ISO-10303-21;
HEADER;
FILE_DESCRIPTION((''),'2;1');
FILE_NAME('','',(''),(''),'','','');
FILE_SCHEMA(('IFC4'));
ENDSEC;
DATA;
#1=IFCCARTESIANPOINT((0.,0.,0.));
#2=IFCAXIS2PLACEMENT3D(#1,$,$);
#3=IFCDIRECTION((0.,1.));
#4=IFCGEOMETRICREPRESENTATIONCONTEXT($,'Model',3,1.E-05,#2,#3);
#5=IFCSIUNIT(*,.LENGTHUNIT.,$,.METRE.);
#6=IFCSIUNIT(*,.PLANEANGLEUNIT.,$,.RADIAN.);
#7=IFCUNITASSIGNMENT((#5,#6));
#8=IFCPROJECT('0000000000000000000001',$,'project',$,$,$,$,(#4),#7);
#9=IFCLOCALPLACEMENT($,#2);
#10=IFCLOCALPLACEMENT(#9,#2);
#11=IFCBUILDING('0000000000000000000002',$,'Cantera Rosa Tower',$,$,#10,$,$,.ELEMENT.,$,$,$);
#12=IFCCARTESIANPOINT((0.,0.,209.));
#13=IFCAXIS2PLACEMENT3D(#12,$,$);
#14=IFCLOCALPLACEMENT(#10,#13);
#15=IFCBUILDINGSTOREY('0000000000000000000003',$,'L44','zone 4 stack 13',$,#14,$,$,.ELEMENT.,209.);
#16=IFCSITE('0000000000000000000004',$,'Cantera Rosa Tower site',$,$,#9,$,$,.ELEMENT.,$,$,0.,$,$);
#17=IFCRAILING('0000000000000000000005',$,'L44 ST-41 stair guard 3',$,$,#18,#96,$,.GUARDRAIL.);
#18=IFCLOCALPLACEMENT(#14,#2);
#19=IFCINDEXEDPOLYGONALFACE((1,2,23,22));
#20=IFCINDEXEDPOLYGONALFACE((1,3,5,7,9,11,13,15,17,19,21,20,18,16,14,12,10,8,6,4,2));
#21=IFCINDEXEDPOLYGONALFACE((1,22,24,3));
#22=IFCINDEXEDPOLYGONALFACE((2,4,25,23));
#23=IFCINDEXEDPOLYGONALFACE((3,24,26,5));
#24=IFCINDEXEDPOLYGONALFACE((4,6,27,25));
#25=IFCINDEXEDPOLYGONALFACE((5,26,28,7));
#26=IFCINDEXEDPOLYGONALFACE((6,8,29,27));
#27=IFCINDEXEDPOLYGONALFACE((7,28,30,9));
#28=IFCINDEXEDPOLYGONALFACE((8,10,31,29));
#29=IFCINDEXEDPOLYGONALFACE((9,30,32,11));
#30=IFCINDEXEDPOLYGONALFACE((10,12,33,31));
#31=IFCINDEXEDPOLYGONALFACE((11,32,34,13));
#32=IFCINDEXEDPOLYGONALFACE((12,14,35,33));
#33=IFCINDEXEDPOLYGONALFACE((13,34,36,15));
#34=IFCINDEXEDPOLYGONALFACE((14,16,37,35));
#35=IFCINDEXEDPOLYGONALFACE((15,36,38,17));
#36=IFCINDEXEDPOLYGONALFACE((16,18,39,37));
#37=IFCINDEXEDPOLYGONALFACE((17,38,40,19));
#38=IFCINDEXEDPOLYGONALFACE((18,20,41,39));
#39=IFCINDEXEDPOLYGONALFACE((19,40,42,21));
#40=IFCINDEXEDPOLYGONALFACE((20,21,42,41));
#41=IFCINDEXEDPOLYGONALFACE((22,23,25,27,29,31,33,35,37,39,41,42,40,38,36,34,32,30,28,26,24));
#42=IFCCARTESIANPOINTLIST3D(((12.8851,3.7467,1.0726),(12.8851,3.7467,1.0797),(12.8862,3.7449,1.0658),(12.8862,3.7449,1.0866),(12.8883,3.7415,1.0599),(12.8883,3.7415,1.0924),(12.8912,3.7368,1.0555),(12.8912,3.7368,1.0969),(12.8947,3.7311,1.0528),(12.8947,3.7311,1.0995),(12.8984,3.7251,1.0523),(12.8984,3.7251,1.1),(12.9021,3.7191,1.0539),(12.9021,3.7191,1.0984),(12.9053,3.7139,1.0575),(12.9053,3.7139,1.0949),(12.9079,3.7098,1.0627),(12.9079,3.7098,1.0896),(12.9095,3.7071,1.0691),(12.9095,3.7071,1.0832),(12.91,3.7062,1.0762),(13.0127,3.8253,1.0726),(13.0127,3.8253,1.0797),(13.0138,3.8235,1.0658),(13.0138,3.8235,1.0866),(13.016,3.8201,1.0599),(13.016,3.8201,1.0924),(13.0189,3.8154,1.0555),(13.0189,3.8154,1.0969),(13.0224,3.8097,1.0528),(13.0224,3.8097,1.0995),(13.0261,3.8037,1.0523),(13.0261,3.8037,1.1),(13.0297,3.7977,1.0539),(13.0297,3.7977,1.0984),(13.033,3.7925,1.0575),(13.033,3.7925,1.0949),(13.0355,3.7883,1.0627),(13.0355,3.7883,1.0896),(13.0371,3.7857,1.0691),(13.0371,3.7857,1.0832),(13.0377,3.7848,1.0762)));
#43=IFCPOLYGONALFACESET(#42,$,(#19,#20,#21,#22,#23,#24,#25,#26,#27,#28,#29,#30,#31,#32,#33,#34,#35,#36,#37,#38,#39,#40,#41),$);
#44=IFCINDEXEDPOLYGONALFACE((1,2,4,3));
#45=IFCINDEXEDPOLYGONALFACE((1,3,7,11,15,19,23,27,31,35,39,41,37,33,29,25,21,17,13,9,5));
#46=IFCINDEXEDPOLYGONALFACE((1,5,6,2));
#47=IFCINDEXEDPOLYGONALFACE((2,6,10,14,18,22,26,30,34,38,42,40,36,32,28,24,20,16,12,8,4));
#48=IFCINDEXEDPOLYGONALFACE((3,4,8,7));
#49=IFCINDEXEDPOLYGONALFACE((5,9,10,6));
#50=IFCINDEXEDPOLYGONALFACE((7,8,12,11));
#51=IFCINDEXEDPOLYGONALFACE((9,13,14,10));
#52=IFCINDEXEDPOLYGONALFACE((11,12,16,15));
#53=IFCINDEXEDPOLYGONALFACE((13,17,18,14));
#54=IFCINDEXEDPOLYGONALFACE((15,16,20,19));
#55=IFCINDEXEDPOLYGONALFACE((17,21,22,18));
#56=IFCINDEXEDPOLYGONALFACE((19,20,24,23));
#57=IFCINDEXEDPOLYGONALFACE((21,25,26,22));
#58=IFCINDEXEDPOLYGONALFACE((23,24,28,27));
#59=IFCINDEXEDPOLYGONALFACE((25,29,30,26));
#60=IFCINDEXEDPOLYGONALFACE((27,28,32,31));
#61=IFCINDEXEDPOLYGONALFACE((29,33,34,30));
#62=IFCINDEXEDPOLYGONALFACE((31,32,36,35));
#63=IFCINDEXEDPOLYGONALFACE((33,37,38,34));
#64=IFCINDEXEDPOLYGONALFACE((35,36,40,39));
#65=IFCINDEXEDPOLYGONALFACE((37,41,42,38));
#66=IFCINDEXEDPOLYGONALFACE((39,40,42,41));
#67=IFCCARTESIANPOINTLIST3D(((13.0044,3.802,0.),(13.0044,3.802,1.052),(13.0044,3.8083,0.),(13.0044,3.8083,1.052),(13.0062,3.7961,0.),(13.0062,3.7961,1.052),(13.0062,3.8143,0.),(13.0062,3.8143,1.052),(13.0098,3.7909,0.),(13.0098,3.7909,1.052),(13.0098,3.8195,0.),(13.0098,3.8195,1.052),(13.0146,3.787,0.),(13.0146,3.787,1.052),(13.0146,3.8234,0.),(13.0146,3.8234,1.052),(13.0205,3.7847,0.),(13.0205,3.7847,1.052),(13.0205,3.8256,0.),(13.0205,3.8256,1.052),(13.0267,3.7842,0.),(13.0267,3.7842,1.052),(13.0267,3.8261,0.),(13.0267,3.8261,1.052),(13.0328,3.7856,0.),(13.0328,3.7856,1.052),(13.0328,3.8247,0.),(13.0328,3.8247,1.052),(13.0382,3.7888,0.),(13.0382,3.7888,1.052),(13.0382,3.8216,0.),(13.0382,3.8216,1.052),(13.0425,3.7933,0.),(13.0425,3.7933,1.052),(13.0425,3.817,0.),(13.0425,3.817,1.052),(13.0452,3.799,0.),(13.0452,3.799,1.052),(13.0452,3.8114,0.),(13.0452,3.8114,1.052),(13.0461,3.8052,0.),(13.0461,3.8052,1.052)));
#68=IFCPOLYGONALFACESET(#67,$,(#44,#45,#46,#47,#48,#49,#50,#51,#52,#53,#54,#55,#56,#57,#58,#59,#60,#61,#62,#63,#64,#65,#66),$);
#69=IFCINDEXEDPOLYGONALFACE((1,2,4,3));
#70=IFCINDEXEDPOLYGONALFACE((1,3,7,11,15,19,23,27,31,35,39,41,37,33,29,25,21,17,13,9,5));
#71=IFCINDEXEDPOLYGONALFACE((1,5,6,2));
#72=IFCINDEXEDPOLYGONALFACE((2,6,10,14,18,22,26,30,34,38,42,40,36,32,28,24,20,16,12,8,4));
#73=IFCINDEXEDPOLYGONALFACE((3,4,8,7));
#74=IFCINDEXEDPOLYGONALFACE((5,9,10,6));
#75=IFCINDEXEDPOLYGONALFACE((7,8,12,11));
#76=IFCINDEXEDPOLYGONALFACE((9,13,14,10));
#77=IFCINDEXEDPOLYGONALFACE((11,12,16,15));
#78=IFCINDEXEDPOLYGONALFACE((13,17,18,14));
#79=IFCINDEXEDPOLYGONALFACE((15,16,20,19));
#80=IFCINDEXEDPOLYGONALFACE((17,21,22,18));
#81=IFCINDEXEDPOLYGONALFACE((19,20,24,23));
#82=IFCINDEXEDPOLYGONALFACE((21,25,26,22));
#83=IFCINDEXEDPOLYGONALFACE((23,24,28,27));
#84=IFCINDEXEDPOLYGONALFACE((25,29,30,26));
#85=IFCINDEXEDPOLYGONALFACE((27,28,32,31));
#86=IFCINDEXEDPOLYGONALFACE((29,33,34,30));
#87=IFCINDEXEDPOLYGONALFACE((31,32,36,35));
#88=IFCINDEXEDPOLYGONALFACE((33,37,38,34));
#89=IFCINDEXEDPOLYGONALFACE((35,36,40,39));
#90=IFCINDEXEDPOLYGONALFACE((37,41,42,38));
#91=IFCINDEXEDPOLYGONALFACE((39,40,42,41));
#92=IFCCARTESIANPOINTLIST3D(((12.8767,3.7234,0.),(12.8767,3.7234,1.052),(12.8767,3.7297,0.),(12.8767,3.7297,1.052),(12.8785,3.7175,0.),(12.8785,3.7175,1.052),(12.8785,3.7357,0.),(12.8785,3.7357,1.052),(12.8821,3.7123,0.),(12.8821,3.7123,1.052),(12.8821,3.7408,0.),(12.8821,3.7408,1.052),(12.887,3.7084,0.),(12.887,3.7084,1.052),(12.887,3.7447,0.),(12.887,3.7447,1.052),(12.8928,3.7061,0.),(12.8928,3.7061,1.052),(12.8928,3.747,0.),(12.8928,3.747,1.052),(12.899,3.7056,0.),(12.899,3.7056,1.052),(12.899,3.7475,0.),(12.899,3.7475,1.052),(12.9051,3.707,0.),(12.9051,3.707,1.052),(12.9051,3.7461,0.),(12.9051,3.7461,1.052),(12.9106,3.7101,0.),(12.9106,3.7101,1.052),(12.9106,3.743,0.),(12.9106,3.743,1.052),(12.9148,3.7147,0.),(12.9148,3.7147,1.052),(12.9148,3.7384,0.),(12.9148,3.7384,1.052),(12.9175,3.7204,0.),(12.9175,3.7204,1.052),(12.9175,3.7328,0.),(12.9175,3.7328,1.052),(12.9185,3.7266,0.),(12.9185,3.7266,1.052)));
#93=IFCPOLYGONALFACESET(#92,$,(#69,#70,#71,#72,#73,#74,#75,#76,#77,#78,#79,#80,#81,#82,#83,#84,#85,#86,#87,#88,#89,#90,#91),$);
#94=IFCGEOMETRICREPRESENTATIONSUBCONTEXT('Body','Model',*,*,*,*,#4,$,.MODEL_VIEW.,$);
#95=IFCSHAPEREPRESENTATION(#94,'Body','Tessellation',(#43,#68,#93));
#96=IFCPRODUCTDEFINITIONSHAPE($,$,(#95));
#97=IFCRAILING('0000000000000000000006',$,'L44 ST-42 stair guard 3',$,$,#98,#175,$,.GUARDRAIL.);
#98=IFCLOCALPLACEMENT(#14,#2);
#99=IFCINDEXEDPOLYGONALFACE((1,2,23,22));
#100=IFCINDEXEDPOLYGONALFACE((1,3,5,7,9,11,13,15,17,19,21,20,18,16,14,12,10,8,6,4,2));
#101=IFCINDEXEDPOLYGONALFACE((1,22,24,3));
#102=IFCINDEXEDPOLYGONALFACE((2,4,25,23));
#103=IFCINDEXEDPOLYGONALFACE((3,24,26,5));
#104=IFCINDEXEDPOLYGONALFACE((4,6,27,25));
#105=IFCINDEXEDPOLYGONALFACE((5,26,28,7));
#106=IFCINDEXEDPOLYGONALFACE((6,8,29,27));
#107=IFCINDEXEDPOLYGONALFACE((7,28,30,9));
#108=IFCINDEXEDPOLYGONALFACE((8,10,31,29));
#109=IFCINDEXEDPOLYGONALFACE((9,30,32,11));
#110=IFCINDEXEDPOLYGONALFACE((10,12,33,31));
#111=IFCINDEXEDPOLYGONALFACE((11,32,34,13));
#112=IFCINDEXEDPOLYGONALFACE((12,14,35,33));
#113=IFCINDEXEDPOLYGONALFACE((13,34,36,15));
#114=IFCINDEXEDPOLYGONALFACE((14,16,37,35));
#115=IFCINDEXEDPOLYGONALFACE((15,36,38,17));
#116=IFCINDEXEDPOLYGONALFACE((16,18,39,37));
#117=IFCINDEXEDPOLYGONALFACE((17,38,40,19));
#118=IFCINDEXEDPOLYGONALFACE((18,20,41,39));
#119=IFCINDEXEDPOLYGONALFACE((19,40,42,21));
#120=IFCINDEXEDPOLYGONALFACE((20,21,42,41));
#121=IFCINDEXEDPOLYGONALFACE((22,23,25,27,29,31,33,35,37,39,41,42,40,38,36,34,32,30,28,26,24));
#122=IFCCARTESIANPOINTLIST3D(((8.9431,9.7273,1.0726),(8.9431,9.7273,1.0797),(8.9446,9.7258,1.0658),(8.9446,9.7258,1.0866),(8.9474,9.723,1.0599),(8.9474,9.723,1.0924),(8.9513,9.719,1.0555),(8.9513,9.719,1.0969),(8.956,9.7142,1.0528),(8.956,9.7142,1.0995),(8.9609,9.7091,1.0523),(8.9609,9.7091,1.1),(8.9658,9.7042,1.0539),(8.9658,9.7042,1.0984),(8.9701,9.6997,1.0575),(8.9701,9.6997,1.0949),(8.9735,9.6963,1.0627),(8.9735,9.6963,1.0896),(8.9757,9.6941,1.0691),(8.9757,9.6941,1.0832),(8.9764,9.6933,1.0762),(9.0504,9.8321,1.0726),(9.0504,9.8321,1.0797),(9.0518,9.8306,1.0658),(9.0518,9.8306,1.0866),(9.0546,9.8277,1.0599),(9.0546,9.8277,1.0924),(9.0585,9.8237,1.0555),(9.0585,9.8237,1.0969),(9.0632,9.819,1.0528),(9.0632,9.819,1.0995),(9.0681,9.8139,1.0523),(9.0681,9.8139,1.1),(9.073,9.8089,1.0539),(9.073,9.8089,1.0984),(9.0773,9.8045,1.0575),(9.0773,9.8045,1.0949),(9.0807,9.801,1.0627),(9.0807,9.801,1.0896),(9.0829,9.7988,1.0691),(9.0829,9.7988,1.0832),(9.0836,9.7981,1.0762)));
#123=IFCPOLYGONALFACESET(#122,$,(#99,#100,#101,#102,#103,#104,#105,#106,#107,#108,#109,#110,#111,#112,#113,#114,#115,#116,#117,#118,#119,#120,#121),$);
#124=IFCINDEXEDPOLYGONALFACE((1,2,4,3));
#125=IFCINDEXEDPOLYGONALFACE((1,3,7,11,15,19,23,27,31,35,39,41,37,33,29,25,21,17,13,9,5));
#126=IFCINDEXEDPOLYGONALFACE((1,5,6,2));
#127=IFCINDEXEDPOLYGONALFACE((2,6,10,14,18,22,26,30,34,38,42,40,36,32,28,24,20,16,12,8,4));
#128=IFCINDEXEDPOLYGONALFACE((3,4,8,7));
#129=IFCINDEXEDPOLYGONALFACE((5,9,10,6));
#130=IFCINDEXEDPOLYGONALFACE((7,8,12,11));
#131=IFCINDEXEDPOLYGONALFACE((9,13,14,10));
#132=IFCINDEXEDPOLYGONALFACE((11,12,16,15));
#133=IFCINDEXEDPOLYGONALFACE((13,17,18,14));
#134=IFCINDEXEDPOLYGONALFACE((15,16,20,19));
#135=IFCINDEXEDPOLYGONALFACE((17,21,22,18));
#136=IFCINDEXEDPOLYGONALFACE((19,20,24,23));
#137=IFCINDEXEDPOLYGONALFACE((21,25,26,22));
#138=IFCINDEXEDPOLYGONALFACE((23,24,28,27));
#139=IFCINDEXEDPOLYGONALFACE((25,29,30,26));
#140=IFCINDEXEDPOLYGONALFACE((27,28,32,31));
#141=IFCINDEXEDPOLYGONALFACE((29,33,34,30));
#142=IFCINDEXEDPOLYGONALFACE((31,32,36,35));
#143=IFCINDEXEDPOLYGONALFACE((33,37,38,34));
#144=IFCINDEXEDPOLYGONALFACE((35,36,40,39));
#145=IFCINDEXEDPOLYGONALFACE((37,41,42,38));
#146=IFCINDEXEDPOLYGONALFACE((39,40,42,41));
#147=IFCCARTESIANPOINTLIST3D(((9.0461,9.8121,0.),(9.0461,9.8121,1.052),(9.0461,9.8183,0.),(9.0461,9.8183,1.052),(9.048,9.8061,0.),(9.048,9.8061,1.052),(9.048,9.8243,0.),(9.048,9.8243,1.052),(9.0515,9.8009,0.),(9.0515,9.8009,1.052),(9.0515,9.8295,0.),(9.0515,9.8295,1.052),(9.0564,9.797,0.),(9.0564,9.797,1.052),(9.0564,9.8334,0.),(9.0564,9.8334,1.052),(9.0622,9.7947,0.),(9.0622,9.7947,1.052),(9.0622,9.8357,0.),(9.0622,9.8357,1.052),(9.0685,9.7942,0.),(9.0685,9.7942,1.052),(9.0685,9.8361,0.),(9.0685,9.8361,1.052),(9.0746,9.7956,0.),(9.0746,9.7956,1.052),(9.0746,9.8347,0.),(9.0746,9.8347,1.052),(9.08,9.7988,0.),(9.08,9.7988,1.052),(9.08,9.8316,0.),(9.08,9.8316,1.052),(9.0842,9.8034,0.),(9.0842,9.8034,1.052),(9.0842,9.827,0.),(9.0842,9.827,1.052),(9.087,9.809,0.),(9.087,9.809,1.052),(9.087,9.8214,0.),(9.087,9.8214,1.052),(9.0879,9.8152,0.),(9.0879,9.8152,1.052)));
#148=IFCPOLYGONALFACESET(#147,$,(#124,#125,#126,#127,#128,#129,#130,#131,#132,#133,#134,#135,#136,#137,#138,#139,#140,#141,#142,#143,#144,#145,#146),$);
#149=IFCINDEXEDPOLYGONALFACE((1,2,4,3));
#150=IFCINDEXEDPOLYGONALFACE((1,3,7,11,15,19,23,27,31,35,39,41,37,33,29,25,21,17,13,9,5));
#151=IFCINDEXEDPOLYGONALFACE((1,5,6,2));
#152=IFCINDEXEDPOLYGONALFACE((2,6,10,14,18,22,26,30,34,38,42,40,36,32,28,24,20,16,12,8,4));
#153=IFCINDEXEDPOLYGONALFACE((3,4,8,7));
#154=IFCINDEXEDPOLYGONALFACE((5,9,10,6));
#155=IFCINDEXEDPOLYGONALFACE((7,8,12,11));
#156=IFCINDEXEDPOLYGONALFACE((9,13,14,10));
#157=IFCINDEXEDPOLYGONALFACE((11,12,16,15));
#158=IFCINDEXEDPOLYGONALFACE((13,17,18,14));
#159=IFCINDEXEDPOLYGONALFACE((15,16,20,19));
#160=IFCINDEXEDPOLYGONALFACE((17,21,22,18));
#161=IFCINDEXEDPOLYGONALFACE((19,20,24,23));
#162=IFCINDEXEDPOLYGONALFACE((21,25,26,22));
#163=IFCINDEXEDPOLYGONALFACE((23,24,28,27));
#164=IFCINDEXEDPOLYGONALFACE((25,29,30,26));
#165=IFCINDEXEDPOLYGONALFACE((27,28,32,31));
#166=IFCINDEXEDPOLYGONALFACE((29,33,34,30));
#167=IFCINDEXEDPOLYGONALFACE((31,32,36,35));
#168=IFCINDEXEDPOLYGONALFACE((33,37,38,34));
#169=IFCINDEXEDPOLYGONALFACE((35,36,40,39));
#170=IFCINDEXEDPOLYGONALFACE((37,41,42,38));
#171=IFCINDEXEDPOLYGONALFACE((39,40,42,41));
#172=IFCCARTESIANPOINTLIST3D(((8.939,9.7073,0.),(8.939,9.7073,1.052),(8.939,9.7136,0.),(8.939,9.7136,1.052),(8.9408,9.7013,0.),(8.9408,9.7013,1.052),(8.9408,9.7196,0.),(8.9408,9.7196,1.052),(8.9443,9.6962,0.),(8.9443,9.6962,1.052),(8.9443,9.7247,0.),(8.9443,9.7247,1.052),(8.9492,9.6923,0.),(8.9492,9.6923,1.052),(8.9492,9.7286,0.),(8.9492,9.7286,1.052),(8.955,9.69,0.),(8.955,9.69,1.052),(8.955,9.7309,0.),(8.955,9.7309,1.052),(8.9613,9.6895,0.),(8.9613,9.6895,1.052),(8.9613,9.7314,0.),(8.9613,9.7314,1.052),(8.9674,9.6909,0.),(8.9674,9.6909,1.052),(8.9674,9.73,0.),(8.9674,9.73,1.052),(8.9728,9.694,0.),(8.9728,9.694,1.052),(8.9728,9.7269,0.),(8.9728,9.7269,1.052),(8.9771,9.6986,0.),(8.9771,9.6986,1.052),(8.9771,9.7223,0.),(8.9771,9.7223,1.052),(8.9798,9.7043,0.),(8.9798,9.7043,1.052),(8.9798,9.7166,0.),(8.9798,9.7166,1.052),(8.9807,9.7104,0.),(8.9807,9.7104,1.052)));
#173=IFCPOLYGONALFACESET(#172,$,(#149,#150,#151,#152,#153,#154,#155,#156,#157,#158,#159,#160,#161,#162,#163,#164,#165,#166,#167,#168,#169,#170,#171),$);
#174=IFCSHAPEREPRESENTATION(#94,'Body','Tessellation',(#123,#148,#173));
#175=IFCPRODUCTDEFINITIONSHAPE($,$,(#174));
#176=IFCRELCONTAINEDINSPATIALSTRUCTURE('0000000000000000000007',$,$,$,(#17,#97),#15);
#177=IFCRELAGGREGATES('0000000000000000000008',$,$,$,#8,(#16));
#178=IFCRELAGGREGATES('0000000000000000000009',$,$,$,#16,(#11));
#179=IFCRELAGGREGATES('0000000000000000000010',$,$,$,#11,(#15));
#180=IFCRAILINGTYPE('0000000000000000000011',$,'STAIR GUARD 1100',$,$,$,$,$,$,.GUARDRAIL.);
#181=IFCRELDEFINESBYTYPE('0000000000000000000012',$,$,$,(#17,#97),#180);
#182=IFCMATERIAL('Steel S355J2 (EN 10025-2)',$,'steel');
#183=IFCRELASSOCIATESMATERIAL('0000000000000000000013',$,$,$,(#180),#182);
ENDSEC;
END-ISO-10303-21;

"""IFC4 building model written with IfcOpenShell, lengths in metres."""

from ifc_helpers import new_model, si_unit, direction, frame, origin, origin_2d, place, context, subcontext, project, spatial, circle, extrude, material, type_object, element, save


model = new_model("IFC4")

# Units and contexts
model_context = context("Model", 3, precision=1e-05, world=origin(), true_north=direction((0.0, 1.0)))
body_context = subcontext(model_context, "Body", "Model", "MODEL_VIEW")
ifc_project = project(units=[si_unit("LENGTHUNIT", "METRE"), si_unit("PLANEANGLEUNIT", "RADIAN")], contexts=[model_context])

# Site, building, storey
site_placement = place(None, origin())
site = spatial("IfcSite", under=ifc_project, at=site_placement, Name="Cantera Rosa Tower site", CompositionType="ELEMENT", RefElevation=0.0)
building_placement = place(site_placement, origin())
building = spatial("IfcBuilding", under=site, at=building_placement, Name="Cantera Rosa Tower", CompositionType="ELEMENT")
storey_placement = place(building_placement, frame((0.0, 0.0, 209.0)))
storey = spatial("IfcBuildingStorey", under=building, at=storey_placement, Name="L44", Description="zone 4 stack 13", CompositionType="ELEMENT", Elevation=209.0)

# Railings
ifc_material_1 = material(Name="Steel S355J2 (EN 10025-2)", Category="steel")
railing_type_1 = type_object("IfcRailingType", Name="STAIR GUARD 1100", PredefinedType="GUARDRAIL", material=ifc_material_1)
railing_1_placement = place(storey_placement, frame((13.0251, 3.8052, 0.0)))
element("IfcRailing", 1, at=railing_1_placement, inside=storey, type_object=railing_type_1, Name="L44 ST-41 stair guard 3", PredefinedType="GUARDRAIL", context=body_context, shape_type="SweptSolid", body=[
    extrude(circle(Radius=0.0239, at=origin_2d()), frame((0.0, 0.0, 1.0762), z_axis=(-0.851546, -0.524279, 0.0), x_axis=(0.524279, -0.851546, 0.0)), (0.0, 0.0, 1.0), 0.1499),
    extrude(circle(Radius=0.021, at=origin_2d()), origin(), (0.0, 0.0, 1.0), 1.052),
    extrude(circle(Radius=0.021, at=origin_2d()), frame((-0.1277, -0.0786, 0.0)), (0.0, 0.0, 1.0), 1.052),
])
railing_2_placement = place(storey_placement, frame((9.0669, 9.8152, 0.0)))
element("IfcRailing", 2, at=railing_2_placement, inside=storey, type_object=railing_type_1, Name="L44 ST-42 stair guard 3", PredefinedType="GUARDRAIL", context=body_context, shape_type="SweptSolid", body=[
    extrude(circle(Radius=0.0239, at=origin_2d()), frame((0.0, 0.0, 1.0762), z_axis=(-0.715206, -0.698914, 0.0), x_axis=(0.698914, -0.715206, 0.0)), (0.0, 0.0, 1.0), 0.1499),
    extrude(circle(Radius=0.021, at=origin_2d()), origin(), (0.0, 0.0, 1.0), 1.052),
    extrude(circle(Radius=0.021, at=origin_2d()), frame((-0.1072, -0.1047, 0.0)), (0.0, 0.0, 1.0), 1.052),
])

save(model, "model.ifc")
